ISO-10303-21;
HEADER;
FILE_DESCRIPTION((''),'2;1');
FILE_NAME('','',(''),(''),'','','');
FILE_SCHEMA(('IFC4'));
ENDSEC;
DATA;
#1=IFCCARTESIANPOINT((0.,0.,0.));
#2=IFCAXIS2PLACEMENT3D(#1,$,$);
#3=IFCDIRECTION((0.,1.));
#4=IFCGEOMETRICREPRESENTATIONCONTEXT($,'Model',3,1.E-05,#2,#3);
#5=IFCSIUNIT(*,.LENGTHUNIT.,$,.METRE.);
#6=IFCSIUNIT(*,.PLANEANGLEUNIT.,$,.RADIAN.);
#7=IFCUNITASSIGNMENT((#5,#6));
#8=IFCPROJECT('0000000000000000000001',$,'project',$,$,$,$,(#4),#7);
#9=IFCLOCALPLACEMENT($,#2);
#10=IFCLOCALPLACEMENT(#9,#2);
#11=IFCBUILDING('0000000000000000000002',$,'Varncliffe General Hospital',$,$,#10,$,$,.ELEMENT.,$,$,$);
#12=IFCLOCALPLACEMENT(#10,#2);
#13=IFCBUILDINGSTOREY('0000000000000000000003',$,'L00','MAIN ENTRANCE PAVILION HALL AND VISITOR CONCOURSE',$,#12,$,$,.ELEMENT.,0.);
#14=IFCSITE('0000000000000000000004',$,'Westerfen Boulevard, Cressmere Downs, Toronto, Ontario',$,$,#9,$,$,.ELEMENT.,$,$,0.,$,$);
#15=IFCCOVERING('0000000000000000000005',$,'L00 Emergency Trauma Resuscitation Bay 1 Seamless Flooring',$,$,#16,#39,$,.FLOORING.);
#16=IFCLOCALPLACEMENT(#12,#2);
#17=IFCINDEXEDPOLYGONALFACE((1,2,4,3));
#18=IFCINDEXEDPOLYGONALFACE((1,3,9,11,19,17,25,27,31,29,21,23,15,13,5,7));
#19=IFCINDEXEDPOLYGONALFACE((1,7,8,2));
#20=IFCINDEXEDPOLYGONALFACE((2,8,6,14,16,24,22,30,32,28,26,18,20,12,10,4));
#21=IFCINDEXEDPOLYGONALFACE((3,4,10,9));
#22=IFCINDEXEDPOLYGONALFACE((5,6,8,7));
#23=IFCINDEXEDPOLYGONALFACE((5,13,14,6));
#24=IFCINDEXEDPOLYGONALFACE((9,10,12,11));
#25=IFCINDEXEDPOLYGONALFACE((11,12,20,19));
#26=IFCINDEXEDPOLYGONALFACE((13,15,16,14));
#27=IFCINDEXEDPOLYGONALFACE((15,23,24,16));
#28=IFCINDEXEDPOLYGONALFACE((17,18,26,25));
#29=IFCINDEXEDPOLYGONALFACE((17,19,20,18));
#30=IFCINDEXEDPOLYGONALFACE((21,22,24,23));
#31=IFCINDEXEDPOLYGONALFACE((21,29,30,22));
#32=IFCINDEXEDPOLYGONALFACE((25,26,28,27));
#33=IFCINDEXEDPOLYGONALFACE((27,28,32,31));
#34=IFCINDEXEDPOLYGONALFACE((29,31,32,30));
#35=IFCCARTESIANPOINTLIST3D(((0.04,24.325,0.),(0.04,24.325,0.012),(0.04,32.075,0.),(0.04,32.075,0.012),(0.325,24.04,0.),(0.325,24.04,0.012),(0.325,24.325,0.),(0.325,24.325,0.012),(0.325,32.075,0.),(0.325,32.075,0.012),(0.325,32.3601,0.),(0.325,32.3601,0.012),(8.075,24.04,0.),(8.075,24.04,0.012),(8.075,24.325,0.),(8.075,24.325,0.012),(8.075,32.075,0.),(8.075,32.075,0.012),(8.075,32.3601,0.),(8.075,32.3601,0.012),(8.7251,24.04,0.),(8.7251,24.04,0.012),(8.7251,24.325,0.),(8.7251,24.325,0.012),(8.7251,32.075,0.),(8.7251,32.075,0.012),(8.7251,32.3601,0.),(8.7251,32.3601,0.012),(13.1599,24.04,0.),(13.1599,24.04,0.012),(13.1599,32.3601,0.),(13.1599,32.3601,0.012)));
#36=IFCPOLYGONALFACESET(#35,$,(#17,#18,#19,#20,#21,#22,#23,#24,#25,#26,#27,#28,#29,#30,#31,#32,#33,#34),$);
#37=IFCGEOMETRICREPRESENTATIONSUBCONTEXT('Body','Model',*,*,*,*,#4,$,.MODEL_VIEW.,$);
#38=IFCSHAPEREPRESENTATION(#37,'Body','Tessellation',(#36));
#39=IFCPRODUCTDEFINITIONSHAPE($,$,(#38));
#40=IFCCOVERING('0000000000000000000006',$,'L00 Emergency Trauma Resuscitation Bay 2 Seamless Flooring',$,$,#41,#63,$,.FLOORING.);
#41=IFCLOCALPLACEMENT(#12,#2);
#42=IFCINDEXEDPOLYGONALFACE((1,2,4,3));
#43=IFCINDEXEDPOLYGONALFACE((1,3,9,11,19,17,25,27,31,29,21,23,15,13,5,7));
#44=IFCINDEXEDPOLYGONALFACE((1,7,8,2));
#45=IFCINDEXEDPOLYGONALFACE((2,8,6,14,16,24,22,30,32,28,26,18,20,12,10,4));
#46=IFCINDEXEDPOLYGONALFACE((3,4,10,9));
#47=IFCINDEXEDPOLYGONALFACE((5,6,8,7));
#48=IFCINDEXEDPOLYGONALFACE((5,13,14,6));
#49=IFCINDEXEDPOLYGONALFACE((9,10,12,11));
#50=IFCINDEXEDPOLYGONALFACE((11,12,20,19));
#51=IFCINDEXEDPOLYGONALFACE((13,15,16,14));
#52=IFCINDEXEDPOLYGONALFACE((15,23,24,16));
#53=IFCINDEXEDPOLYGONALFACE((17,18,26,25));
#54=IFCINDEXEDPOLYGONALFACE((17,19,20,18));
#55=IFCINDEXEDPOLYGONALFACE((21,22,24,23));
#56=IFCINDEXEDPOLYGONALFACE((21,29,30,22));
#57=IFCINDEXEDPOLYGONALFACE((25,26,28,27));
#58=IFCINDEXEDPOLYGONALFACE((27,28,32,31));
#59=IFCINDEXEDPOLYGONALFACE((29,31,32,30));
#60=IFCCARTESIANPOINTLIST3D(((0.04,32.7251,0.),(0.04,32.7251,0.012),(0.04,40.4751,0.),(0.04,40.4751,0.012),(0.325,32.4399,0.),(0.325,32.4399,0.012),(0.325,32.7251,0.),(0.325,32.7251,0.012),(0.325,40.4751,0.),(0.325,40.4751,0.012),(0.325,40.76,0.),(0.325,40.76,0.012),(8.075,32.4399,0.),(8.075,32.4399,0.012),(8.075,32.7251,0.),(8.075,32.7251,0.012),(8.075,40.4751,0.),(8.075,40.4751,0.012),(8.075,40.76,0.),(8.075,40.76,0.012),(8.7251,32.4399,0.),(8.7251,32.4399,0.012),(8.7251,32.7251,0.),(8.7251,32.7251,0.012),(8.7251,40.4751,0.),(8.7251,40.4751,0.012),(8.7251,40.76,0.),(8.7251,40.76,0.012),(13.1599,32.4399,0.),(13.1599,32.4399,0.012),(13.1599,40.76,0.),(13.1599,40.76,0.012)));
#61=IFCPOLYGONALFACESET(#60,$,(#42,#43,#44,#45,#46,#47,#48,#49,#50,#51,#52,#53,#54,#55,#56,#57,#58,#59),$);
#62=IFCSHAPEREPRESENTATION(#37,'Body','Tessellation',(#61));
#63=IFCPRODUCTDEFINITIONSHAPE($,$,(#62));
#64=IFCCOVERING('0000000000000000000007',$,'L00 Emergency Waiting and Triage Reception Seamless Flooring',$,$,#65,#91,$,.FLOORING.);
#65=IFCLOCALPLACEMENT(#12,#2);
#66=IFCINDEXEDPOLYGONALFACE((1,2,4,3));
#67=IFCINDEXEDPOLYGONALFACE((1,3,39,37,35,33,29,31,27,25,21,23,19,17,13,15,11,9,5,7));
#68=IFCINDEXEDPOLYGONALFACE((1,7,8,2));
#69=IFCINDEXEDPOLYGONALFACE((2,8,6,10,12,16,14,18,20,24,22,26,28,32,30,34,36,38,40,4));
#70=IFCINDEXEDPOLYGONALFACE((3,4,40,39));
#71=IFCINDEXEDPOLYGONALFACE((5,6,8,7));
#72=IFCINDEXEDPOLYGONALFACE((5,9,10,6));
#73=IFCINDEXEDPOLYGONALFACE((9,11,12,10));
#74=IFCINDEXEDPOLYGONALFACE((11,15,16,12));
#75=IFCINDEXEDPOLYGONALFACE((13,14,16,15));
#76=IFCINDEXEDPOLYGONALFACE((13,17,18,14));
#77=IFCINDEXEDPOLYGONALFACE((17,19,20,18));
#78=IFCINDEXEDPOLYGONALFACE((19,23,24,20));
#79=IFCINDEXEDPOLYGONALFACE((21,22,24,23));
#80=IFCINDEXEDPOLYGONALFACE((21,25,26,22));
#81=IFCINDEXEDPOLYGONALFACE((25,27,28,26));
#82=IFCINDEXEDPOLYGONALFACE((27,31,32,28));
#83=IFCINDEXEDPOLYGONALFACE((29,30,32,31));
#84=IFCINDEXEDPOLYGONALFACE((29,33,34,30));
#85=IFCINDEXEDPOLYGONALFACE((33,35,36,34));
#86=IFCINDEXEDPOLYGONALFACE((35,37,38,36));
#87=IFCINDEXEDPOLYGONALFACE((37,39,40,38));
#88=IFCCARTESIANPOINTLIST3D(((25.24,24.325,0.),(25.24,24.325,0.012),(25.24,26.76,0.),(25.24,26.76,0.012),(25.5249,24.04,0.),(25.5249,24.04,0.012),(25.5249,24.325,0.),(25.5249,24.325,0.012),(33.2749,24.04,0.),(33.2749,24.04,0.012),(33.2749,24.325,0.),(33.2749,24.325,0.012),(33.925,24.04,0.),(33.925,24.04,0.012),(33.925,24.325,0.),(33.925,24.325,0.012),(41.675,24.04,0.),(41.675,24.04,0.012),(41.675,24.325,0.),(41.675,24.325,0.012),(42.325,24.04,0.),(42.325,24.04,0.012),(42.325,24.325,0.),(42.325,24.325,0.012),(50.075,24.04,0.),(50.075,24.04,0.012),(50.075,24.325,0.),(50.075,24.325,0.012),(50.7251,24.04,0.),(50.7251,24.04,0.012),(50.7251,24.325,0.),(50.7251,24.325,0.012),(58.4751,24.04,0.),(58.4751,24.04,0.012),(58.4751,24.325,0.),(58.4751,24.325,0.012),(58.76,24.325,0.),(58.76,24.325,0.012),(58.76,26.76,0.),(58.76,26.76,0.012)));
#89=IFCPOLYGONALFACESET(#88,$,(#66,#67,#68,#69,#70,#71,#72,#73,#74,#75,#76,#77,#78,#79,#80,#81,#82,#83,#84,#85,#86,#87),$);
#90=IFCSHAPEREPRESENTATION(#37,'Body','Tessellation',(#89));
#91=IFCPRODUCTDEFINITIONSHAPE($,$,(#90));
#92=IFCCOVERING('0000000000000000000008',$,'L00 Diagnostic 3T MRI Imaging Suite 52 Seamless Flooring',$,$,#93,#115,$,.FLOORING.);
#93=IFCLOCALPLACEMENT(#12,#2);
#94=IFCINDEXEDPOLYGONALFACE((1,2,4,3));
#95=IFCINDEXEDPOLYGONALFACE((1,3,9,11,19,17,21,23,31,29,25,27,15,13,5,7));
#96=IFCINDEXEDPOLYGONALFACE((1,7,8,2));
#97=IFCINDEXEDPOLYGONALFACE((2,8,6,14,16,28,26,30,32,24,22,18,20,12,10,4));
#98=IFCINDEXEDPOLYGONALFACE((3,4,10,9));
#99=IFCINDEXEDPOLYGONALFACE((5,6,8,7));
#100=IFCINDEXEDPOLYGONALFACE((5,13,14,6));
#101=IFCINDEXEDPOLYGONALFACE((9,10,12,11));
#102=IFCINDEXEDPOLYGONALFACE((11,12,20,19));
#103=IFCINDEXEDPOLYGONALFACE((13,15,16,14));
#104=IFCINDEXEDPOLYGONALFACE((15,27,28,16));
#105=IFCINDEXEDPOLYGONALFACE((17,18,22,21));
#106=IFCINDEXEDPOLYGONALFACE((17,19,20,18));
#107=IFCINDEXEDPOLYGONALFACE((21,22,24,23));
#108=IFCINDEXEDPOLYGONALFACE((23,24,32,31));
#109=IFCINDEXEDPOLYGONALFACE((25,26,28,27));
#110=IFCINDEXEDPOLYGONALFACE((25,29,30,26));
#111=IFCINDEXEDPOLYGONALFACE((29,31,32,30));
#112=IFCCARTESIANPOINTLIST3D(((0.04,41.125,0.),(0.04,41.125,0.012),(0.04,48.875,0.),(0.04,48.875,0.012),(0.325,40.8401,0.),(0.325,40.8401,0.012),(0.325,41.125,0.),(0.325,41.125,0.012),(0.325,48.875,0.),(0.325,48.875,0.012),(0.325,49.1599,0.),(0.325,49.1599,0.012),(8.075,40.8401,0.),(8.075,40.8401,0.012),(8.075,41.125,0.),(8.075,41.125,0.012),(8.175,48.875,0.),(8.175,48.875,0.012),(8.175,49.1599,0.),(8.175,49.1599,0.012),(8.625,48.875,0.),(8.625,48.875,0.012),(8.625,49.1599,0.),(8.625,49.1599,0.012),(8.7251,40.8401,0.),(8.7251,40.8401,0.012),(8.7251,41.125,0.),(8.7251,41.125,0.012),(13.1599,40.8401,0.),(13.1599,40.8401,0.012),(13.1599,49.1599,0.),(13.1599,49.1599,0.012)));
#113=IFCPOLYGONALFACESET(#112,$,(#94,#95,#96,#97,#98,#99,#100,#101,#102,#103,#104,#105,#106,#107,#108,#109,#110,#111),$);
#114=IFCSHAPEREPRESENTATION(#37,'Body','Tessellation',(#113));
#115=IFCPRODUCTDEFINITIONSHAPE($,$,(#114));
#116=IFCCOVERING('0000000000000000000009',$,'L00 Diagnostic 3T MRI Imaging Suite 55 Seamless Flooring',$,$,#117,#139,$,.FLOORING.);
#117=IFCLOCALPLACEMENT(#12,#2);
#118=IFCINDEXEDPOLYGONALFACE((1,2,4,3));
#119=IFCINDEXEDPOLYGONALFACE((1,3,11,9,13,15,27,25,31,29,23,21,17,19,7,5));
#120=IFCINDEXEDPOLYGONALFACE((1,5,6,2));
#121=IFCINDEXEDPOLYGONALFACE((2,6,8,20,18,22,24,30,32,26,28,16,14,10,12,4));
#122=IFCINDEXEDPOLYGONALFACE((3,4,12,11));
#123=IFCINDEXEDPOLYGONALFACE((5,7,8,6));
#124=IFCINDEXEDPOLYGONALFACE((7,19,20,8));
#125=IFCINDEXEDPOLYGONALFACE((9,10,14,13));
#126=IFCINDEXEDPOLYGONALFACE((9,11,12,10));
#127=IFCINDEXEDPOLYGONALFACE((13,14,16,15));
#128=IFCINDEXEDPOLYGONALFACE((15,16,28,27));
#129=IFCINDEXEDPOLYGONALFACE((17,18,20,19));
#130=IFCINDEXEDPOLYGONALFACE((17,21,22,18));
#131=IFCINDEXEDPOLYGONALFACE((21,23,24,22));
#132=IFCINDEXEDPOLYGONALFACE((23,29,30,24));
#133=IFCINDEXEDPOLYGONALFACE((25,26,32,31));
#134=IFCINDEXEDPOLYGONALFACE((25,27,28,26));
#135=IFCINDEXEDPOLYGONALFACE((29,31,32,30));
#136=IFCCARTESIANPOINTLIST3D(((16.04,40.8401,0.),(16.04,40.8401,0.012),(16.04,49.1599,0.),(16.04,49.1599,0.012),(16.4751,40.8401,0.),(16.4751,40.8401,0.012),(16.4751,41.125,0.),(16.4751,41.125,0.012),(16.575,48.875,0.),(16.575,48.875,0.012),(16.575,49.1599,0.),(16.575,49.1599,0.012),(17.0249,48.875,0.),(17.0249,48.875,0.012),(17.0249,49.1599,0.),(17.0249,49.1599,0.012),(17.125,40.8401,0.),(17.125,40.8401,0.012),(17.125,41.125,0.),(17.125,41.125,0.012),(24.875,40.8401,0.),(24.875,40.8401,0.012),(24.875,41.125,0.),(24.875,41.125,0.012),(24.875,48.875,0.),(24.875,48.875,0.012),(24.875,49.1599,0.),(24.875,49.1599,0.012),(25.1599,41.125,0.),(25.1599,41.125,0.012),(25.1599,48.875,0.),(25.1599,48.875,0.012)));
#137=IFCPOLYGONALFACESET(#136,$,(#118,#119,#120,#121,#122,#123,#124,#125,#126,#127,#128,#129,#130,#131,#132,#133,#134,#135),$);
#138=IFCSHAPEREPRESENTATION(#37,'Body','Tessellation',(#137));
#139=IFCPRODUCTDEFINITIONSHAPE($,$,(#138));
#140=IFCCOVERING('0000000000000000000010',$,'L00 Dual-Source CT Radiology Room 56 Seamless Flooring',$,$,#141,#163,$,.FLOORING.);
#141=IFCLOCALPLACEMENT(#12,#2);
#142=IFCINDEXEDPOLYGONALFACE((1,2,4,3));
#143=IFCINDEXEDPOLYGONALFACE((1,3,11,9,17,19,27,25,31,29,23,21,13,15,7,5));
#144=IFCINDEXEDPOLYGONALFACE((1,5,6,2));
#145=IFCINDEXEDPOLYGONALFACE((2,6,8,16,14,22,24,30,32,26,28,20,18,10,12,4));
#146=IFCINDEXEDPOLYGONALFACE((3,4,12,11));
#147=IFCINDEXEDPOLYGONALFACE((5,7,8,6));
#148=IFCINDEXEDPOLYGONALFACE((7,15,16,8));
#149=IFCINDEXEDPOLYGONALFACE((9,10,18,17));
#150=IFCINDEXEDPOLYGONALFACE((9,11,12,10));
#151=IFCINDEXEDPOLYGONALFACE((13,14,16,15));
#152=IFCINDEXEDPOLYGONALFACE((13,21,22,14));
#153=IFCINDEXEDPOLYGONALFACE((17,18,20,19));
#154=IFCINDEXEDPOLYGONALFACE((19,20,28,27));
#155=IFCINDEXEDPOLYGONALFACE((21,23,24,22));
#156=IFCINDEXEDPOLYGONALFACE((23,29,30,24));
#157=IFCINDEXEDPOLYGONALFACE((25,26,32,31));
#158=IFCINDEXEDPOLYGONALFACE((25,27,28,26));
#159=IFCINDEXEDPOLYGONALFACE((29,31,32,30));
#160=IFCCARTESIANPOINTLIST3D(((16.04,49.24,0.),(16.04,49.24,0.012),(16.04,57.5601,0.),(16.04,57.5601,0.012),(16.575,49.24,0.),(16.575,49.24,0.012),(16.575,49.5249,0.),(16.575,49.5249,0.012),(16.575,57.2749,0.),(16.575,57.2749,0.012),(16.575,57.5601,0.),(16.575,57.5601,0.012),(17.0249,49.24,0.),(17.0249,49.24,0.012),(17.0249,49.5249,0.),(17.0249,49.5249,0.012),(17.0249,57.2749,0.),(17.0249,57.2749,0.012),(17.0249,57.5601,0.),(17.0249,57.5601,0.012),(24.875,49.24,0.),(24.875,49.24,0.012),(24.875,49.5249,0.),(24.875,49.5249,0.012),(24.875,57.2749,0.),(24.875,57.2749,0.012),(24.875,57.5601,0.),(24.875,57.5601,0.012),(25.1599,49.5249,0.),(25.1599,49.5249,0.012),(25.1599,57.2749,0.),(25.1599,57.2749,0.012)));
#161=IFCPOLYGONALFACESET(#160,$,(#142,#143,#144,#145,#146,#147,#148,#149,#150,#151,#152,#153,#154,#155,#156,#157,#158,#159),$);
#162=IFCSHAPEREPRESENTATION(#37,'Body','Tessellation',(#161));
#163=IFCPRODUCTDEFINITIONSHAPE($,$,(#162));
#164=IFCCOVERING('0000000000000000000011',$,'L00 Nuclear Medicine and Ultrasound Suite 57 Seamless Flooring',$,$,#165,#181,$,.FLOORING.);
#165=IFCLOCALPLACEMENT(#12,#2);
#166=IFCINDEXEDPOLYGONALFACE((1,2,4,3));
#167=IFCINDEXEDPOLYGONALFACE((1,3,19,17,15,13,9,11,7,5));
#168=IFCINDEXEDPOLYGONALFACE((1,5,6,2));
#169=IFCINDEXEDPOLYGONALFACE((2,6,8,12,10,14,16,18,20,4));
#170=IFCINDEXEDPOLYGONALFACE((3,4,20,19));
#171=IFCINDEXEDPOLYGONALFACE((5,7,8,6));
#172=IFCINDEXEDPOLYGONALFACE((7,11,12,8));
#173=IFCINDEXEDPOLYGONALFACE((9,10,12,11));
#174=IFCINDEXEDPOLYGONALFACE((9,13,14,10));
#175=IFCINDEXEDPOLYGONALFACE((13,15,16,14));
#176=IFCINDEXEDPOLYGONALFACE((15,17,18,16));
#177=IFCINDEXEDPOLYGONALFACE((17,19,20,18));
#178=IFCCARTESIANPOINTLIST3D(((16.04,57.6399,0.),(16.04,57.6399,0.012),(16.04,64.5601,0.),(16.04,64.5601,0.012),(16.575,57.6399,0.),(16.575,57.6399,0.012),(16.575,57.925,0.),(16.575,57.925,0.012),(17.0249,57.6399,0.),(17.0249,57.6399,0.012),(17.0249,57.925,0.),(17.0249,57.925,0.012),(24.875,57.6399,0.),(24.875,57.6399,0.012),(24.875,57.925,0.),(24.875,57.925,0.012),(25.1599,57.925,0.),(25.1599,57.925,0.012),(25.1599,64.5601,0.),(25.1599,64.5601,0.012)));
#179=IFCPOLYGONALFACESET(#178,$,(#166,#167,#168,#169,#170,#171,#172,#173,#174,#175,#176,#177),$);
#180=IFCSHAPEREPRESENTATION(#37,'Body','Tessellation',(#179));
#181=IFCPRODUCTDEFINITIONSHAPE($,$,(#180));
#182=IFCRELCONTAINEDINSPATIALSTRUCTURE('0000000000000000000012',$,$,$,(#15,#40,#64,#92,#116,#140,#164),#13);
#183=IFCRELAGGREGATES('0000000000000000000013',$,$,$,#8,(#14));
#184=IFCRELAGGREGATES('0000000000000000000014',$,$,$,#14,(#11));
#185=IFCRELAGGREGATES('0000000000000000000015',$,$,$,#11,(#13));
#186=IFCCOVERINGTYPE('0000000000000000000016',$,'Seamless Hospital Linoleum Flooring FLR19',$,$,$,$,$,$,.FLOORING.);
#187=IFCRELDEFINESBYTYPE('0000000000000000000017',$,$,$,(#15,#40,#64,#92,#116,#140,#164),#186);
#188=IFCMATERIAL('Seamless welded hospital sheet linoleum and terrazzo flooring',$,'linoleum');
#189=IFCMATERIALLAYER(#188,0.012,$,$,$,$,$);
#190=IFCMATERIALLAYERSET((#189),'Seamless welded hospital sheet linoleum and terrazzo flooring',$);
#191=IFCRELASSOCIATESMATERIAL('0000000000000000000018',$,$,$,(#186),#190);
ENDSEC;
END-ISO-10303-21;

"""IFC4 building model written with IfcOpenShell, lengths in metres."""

from ifc_helpers import new_model, si_unit, direction, origin, place, context, subcontext, project, spatial, polyline, outline, extrude, material, layer, layer_set, type_object, element, save


model = new_model("IFC4")

# Units and contexts
model_context = context("Model", 3, precision=1e-05, world=origin(), true_north=direction((0.0, 1.0)))
body_context = subcontext(model_context, "Body", "Model", "MODEL_VIEW")
ifc_project = project(units=[si_unit("LENGTHUNIT", "METRE"), si_unit("PLANEANGLEUNIT", "RADIAN")], contexts=[model_context])

# Site, building, storey
site_placement = place(None, origin())
site = spatial("IfcSite", under=ifc_project, at=site_placement, Name="Westerfen Boulevard, Cressmere Downs, Toronto, Ontario", CompositionType="ELEMENT", RefElevation=0.0)
building_placement = place(site_placement, origin())
building = spatial("IfcBuilding", under=site, at=building_placement, Name="Varncliffe General Hospital", CompositionType="ELEMENT")
storey_placement = place(building_placement, origin())
storey = spatial("IfcBuildingStorey", under=building, at=storey_placement, Name="L00", Description="MAIN ENTRANCE PAVILION HALL AND VISITOR CONCOURSE", CompositionType="ELEMENT", Elevation=0.0)

# Coverings
ifc_material_1 = material(Name="Seamless welded hospital sheet linoleum and terrazzo flooring", Category="linoleum")
ifc_layer_1 = layer(ifc_material_1, 0.012)
ifc_layer_set_1 = layer_set([ifc_layer_1], Name="Seamless welded hospital sheet linoleum and terrazzo flooring")
covering_type_1 = type_object("IfcCoveringType", Name="Seamless Hospital Linoleum Flooring FLR19", PredefinedType="FLOORING", material=ifc_layer_set_1)
covering_1_placement = place(storey_placement, origin())
element("IfcCovering", 1, at=covering_1_placement, inside=storey, type_object=covering_type_1, Name="L00 Emergency Trauma Resuscitation Bay 1 Seamless Flooring", PredefinedType="FLOORING", context=body_context, shape_type="SweptSolid", body=[
    extrude(outline(polyline([(8.7251, 24.04), (8.7251, 24.325), (8.075, 24.325), (8.075, 24.04), (0.325, 24.04), (0.325, 24.325), (0.04, 24.325), (0.04, 32.075), (0.325, 32.075), (0.325, 32.3601), (8.075, 32.3601), (8.075, 32.075), (8.7251, 32.075), (8.7251, 32.3601), (13.1599, 32.3601), (13.1599, 24.04), (8.7251, 24.04)])), origin(), (0.0, 0.0, 1.0), 0.012),
])
covering_2_placement = place(storey_placement, origin())
element("IfcCovering", 2, at=covering_2_placement, inside=storey, type_object=covering_type_1, Name="L00 Emergency Trauma Resuscitation Bay 2 Seamless Flooring", PredefinedType="FLOORING", context=body_context, shape_type="SweptSolid", body=[
    extrude(outline(polyline([(8.7251, 32.4399), (8.7251, 32.7251), (8.075, 32.7251), (8.075, 32.4399), (0.325, 32.4399), (0.325, 32.7251), (0.04, 32.7251), (0.04, 40.4751), (0.325, 40.4751), (0.325, 40.76), (8.075, 40.76), (8.075, 40.4751), (8.7251, 40.4751), (8.7251, 40.76), (13.1599, 40.76), (13.1599, 32.4399), (8.7251, 32.4399)])), origin(), (0.0, 0.0, 1.0), 0.012),
])
covering_3_placement = place(storey_placement, origin())
element("IfcCovering", 3, at=covering_3_placement, inside=storey, type_object=covering_type_1, Name="L00 Emergency Waiting and Triage Reception Seamless Flooring", PredefinedType="FLOORING", context=body_context, shape_type="SweptSolid", body=[
    extrude(outline(polyline([(50.7251, 24.325), (50.075, 24.325), (50.075, 24.04), (42.325, 24.04), (42.325, 24.325), (41.675, 24.325), (41.675, 24.04), (33.925, 24.04), (33.925, 24.325), (33.2749, 24.325), (33.2749, 24.04), (25.5249, 24.04), (25.5249, 24.325), (25.24, 24.325), (25.24, 26.76), (58.76, 26.76), (58.76, 24.325), (58.4751, 24.325), (58.4751, 24.04), (50.7251, 24.04), (50.7251, 24.325)])), origin(), (0.0, 0.0, 1.0), 0.012),
])
covering_4_placement = place(storey_placement, origin())
element("IfcCovering", 4, at=covering_4_placement, inside=storey, type_object=covering_type_1, Name="L00 Diagnostic 3T MRI Imaging Suite 52 Seamless Flooring", PredefinedType="FLOORING", context=body_context, shape_type="SweptSolid", body=[
    extrude(outline(polyline([(8.7251, 40.8401), (8.7251, 41.125), (8.075, 41.125), (8.075, 40.8401), (0.325, 40.8401), (0.325, 41.125), (0.04, 41.125), (0.04, 48.875), (0.325, 48.875), (0.325, 49.1599), (8.175, 49.1599), (8.175, 48.875), (8.625, 48.875), (8.625, 49.1599), (13.1599, 49.1599), (13.1599, 40.8401), (8.7251, 40.8401)])), origin(), (0.0, 0.0, 1.0), 0.012),
])
covering_5_placement = place(storey_placement, origin())
element("IfcCovering", 5, at=covering_5_placement, inside=storey, type_object=covering_type_1, Name="L00 Diagnostic 3T MRI Imaging Suite 55 Seamless Flooring", PredefinedType="FLOORING", context=body_context, shape_type="SweptSolid", body=[
    extrude(outline(polyline([(16.575, 48.875), (17.0249, 48.875), (17.0249, 49.1599), (24.875, 49.1599), (24.875, 48.875), (25.1599, 48.875), (25.1599, 41.125), (24.875, 41.125), (24.875, 40.8401), (17.125, 40.8401), (17.125, 41.125), (16.4751, 41.125), (16.4751, 40.8401), (16.04, 40.8401), (16.04, 49.1599), (16.575, 49.1599), (16.575, 48.875)])), origin(), (0.0, 0.0, 1.0), 0.012),
])
covering_6_placement = place(storey_placement, origin())
element("IfcCovering", 6, at=covering_6_placement, inside=storey, type_object=covering_type_1, Name="L00 Dual-Source CT Radiology Room 56 Seamless Flooring", PredefinedType="FLOORING", context=body_context, shape_type="SweptSolid", body=[
    extrude(outline(polyline([(16.575, 57.2749), (17.0249, 57.2749), (17.0249, 57.5601), (24.875, 57.5601), (24.875, 57.2749), (25.1599, 57.2749), (25.1599, 49.5249), (24.875, 49.5249), (24.875, 49.24), (17.0249, 49.24), (17.0249, 49.5249), (16.575, 49.5249), (16.575, 49.24), (16.04, 49.24), (16.04, 57.5601), (16.575, 57.5601), (16.575, 57.2749)])), origin(), (0.0, 0.0, 1.0), 0.012),
])
covering_7_placement = place(storey_placement, origin())
element("IfcCovering", 7, at=covering_7_placement, inside=storey, type_object=covering_type_1, Name="L00 Nuclear Medicine and Ultrasound Suite 57 Seamless Flooring", PredefinedType="FLOORING", context=body_context, shape_type="SweptSolid", body=[
    extrude(outline(polyline([(16.04, 64.5601), (25.1599, 64.5601), (25.1599, 57.925), (24.875, 57.925), (24.875, 57.6399), (17.0249, 57.6399), (17.0249, 57.925), (16.575, 57.925), (16.575, 57.6399), (16.04, 57.6399), (16.04, 64.5601)])), origin(), (0.0, 0.0, 1.0), 0.012),
])

save(model, "model.ifc")
